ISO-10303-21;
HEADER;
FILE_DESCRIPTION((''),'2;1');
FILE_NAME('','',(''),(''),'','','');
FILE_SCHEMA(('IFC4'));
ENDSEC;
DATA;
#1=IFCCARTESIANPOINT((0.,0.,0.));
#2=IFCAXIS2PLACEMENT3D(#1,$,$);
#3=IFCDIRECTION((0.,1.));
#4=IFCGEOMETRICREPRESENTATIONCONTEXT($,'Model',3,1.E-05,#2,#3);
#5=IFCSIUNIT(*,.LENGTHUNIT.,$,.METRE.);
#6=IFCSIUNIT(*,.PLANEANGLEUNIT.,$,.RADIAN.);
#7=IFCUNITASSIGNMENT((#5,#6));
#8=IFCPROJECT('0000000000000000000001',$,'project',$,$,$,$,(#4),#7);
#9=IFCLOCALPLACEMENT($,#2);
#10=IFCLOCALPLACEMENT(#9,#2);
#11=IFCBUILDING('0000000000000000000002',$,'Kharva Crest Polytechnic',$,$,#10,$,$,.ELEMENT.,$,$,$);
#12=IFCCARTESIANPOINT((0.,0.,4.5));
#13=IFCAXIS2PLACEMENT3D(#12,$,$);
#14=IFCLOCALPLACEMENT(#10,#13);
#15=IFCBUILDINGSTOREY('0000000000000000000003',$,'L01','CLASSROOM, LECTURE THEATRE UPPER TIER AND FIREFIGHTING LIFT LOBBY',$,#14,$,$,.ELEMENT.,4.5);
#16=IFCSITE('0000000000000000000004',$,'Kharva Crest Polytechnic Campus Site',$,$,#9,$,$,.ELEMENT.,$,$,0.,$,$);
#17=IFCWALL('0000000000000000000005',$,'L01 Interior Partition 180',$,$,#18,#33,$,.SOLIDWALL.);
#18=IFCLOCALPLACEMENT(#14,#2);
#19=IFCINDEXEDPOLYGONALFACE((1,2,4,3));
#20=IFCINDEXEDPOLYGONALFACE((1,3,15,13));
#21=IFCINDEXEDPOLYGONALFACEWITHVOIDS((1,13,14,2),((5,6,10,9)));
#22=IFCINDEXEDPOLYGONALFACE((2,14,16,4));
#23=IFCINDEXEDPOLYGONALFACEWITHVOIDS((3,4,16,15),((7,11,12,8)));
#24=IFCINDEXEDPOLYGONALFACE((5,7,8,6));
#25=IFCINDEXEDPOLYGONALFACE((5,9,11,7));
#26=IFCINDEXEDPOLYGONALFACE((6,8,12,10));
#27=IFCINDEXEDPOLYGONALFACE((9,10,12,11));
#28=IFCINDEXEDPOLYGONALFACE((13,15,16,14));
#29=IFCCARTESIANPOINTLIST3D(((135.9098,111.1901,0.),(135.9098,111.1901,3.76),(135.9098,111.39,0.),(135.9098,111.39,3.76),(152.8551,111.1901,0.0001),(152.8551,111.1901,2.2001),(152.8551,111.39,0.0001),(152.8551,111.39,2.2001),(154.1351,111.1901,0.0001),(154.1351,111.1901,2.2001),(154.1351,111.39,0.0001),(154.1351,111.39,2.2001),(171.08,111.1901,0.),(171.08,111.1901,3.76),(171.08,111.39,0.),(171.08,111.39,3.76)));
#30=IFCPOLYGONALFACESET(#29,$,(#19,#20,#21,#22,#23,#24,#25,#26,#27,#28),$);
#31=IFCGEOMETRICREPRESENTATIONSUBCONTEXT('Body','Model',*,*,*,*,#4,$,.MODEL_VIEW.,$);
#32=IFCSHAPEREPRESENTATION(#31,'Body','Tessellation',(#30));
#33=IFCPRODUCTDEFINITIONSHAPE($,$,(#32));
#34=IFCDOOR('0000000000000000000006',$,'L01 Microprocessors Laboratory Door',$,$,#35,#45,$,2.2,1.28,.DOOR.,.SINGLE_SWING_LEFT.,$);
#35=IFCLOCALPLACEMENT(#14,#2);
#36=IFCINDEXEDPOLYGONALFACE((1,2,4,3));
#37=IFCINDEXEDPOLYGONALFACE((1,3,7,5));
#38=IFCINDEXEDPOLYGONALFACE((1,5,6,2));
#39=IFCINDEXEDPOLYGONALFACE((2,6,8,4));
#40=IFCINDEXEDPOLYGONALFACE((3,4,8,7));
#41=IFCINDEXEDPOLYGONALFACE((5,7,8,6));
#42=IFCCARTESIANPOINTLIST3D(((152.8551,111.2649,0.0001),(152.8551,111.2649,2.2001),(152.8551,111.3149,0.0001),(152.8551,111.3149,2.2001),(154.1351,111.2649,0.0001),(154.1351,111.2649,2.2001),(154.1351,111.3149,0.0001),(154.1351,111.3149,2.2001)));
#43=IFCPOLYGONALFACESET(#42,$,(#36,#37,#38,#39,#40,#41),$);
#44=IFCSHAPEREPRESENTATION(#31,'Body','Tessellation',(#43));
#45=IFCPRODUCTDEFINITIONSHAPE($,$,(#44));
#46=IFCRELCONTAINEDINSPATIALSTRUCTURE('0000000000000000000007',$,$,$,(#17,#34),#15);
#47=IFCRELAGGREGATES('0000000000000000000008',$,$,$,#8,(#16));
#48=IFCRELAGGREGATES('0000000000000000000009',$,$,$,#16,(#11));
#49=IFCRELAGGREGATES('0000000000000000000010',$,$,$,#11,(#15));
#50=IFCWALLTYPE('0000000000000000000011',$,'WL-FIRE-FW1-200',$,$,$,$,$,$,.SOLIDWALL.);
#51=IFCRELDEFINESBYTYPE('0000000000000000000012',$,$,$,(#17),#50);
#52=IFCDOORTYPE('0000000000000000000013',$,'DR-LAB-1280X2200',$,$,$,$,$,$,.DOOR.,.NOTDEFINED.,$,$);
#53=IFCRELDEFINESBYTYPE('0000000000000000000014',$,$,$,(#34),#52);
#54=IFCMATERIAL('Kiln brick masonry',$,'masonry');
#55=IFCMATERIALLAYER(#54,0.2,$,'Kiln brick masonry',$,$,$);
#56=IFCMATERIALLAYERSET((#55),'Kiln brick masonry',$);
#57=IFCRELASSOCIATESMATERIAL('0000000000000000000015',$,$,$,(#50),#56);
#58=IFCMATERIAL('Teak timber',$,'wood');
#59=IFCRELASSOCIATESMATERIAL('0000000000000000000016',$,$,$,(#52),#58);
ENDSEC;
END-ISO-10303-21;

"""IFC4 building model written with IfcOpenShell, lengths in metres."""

from ifc_helpers import new_model, si_unit, direction, frame, frame_2d, origin, place, context, subcontext, project, spatial, rectangle, extrude, material, layer, layer_set, type_object, element, fill, save


model = new_model("IFC4")

# Units and contexts
model_context = context("Model", 3, precision=1e-05, world=origin(), true_north=direction((0.0, 1.0)))
body_context = subcontext(model_context, "Body", "Model", "MODEL_VIEW")
ifc_project = project(units=[si_unit("LENGTHUNIT", "METRE"), si_unit("PLANEANGLEUNIT", "RADIAN")], contexts=[model_context])

# Site, building, storey
site_placement = place(None, origin())
site = spatial("IfcSite", under=ifc_project, at=site_placement, Name="Kharva Crest Polytechnic Campus Site", CompositionType="ELEMENT", RefElevation=0.0)
building_placement = place(site_placement, origin())
building = spatial("IfcBuilding", under=site, at=building_placement, Name="Kharva Crest Polytechnic", CompositionType="ELEMENT")
storey_placement = place(building_placement, frame((0.0, 0.0, 4.5)))
storey = spatial("IfcBuildingStorey", under=building, at=storey_placement, Name="L01", Description="CLASSROOM, LECTURE THEATRE UPPER TIER AND FIREFIGHTING LIFT LOBBY", CompositionType="ELEMENT", Elevation=4.5)

# Shared definitions
ifc_material_1 = material(Name="Kiln brick masonry", Category="masonry")

# Wall, opening, door
ifc_layer_1 = layer(ifc_material_1, 0.2, Name="Kiln brick masonry")
ifc_layer_set_1 = layer_set([ifc_layer_1], Name="Kiln brick masonry")
wall_type_1 = type_object("IfcWallType", Name="WL-FIRE-FW1-200", PredefinedType="SOLIDWALL", material=ifc_layer_set_1)
wall_1_placement = place(storey_placement, frame((135.9099, 111.29, 0.0), z_axis=(0.0, 0.0, 1.0), x_axis=(1.0, 0.0, 0.0)))
wall_1 = element("IfcWall", 1, at=wall_1_placement, inside=storey, type_object=wall_type_1, Name="L01 Interior Partition 180", PredefinedType="SOLIDWALL", context=body_context, shape_type="SweptSolid", body=[
    extrude(rectangle(XDim=35.1702, YDim=0.2, at=frame_2d((17.585, 0.0))), origin(), (0.0, 0.0, 1.0), 3.76),
])
opening_1_placement = place(wall_1_placement, frame((16.9451, 0.0, 0.0)))
opening_1 = element("IfcOpeningElement", 2, at=opening_1_placement, cuts=wall_1, PredefinedType="OPENING", context=body_context, shape_type="SweptSolid", body=[
    extrude(rectangle(XDim=1.28, YDim=2.2, at=frame_2d((0.6401, 1.1001))), frame((0.0, 0.1099, 0.0), z_axis=(0.0, -1.0, 0.0), x_axis=(1.0, 0.0, 0.0)), (0.0, 0.0, 1.0), 0.22),
])
ifc_material_2 = material(Name="Teak timber", Category="wood")
door_type = type_object("IfcDoorType", Name="DR-LAB-1280X2200", OperationType="NOTDEFINED", PredefinedType="DOOR", material=ifc_material_2)
door_placement = place(opening_1_placement, origin())
door = element("IfcDoor", 3, at=door_placement, inside=storey, type_object=door_type, Name="L01 Microprocessors Laboratory Door", OperationType="SINGLE_SWING_LEFT", OverallHeight=2.2, OverallWidth=1.28, PredefinedType="DOOR", context=body_context, shape_type="SweptSolid", body=[
    extrude(rectangle(XDim=1.28, YDim=2.2, at=frame_2d((0.6401, 1.1001))), frame((0.0, 0.0249, 0.0), z_axis=(0.0, -1.0, 0.0), x_axis=(1.0, 0.0, 0.0)), (0.0, 0.0, 1.0), 0.05),
])
fill(opening_1, door)

save(model, "model.ifc")
